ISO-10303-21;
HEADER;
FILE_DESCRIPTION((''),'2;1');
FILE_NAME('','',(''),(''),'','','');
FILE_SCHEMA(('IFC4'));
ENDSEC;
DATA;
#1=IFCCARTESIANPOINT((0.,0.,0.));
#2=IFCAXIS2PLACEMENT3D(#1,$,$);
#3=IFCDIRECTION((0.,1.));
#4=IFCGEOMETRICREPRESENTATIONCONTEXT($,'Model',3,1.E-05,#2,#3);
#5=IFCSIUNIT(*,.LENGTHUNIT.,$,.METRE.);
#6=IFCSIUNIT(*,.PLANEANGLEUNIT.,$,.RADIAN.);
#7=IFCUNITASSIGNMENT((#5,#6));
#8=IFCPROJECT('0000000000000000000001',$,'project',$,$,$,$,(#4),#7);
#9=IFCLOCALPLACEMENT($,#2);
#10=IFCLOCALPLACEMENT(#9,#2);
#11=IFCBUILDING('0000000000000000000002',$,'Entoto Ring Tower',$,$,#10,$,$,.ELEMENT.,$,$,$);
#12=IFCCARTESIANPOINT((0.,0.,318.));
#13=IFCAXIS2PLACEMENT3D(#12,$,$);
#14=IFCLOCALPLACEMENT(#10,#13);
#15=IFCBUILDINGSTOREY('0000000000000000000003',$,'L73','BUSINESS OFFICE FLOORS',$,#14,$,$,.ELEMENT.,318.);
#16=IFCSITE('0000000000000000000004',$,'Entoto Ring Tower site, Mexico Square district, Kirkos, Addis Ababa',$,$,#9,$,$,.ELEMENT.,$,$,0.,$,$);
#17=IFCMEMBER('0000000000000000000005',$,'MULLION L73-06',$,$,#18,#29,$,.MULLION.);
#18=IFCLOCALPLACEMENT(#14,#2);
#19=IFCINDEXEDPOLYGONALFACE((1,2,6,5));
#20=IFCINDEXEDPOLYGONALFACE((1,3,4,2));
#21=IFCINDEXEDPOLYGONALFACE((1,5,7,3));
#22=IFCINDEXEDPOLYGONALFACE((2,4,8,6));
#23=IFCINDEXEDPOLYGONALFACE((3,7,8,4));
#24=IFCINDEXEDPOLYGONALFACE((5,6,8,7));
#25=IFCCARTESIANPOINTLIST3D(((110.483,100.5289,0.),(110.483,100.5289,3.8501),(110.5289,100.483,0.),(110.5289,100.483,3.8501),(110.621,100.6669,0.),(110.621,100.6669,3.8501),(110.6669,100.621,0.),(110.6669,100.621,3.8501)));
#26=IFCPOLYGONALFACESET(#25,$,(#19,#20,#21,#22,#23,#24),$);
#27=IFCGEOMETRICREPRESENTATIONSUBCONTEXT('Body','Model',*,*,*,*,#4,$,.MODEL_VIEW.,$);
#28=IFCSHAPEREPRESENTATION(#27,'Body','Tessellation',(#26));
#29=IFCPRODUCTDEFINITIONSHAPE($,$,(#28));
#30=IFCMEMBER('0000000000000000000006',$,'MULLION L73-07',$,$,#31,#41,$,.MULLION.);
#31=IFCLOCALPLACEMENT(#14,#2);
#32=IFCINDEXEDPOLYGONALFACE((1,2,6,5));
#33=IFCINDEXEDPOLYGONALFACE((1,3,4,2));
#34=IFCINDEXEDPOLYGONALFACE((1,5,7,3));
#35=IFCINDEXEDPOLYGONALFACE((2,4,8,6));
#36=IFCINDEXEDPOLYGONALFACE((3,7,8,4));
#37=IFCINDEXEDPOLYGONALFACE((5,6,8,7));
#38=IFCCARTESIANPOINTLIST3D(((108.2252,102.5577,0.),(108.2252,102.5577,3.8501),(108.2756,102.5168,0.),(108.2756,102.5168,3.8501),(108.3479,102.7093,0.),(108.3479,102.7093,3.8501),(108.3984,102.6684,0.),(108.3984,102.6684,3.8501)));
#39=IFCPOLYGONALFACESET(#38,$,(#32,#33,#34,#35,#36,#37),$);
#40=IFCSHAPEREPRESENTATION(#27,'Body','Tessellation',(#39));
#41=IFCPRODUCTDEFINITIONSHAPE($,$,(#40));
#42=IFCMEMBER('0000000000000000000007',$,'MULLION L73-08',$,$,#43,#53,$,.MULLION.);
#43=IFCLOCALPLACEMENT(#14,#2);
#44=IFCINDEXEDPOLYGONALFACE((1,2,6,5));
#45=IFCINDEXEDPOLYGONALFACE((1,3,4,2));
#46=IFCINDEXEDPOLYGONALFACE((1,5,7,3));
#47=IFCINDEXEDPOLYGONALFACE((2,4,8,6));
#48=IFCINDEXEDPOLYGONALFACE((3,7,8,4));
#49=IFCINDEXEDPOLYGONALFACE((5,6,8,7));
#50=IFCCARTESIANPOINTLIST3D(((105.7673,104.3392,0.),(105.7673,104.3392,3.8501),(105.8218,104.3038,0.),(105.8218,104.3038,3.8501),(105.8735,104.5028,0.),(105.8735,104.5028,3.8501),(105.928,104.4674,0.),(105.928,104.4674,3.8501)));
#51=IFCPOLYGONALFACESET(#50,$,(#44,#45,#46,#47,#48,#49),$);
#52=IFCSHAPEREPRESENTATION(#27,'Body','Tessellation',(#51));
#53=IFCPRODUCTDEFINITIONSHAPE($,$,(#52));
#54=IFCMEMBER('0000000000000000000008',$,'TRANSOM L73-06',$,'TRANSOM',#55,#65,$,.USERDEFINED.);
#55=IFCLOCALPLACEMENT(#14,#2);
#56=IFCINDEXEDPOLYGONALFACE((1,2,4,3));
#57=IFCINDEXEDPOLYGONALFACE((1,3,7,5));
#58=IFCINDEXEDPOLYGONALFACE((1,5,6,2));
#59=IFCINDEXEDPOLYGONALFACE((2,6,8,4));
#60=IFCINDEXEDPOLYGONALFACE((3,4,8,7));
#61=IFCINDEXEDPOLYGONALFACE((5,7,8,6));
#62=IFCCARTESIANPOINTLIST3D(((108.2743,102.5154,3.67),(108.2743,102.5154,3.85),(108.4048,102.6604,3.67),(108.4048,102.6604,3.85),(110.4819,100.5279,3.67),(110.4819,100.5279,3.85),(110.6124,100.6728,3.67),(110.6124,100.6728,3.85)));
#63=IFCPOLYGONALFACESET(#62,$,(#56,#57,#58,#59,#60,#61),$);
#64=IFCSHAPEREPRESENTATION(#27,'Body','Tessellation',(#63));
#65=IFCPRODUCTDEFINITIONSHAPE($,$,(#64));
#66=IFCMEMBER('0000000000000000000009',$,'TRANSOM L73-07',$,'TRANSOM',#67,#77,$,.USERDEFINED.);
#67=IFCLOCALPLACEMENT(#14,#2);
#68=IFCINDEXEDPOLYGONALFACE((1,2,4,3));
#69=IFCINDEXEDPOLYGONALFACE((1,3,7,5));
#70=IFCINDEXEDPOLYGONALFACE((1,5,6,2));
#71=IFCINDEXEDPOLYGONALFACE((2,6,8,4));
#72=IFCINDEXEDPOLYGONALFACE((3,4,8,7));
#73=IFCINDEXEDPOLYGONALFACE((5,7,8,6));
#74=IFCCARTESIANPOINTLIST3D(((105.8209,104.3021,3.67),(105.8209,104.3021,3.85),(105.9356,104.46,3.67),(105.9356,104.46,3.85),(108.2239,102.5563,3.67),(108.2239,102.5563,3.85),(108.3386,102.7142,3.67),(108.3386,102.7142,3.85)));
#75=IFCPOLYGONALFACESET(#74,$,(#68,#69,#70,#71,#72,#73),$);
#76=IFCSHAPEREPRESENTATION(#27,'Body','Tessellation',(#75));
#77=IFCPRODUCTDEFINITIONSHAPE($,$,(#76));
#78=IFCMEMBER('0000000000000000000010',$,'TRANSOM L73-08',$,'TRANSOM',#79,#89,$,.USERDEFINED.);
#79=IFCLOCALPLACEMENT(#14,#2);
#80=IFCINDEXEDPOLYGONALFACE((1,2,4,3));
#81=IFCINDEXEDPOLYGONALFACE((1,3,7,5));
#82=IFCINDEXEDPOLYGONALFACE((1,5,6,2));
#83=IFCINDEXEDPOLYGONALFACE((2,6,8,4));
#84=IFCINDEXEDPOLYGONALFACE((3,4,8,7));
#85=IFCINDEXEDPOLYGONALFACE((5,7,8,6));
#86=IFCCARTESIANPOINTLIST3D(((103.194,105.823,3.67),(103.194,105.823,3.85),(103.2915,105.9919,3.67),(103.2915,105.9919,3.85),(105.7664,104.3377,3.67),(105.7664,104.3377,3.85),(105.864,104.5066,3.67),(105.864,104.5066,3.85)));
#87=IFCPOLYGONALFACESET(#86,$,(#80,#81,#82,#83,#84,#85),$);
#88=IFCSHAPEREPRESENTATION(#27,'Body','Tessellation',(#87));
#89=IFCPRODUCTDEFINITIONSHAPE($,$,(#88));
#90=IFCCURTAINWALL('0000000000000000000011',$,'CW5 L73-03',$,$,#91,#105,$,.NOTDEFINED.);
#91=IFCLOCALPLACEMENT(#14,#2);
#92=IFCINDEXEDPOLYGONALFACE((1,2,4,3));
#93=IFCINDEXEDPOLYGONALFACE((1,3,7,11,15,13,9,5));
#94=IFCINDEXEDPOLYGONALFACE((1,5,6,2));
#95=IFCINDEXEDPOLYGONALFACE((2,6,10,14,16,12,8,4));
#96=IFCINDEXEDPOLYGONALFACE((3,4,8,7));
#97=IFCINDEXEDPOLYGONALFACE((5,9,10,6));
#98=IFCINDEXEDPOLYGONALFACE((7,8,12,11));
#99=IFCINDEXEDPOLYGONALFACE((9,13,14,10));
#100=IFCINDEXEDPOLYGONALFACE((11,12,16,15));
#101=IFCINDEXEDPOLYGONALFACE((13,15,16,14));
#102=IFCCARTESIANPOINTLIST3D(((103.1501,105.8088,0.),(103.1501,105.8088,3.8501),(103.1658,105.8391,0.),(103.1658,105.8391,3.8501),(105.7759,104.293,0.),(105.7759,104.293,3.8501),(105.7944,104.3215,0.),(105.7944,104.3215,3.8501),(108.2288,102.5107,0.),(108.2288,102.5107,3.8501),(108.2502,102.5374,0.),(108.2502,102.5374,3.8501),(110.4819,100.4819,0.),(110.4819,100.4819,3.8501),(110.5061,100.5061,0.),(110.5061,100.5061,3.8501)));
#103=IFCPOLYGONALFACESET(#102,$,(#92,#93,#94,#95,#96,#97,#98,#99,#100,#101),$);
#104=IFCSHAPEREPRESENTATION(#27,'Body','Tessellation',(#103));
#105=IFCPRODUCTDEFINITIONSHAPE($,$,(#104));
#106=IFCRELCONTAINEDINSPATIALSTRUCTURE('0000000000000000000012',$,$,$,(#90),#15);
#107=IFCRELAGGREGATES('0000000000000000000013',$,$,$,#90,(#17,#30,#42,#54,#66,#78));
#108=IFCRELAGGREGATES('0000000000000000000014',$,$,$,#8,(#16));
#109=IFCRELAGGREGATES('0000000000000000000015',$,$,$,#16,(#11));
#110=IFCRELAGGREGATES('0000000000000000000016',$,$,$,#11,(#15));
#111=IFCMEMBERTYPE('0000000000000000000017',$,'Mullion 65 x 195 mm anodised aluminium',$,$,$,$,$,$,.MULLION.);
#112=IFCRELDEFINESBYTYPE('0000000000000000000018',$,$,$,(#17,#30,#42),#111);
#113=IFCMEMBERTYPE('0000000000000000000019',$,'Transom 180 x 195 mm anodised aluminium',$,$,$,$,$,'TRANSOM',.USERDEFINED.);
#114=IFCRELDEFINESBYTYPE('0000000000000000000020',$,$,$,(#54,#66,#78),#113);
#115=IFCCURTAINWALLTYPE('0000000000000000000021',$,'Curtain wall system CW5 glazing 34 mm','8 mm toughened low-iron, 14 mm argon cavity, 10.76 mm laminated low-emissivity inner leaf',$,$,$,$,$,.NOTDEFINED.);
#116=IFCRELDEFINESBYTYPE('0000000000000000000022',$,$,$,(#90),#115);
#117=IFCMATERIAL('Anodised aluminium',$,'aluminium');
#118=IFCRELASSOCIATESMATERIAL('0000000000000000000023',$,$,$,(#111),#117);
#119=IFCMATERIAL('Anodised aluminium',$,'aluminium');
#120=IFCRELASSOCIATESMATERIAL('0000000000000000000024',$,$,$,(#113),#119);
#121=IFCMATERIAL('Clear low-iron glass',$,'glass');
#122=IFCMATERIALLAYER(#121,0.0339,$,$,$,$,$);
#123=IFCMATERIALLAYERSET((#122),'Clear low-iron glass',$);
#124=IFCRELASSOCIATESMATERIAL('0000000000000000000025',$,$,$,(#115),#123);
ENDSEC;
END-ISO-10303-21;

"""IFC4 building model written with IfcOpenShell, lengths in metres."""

from ifc_helpers import new_model, si_unit, direction, frame, origin, origin_2d, place, context, subcontext, project, spatial, polyline, rectangle, outline, extrude, material, layer, layer_set, material_profile, profile_set, type_object, element, aggregate, save


model = new_model("IFC4")

# Units and contexts
model_context = context("Model", 3, precision=1e-05, world=origin(), true_north=direction((0.0, 1.0)))
body_context = subcontext(model_context, "Body", "Model", "MODEL_VIEW")
ifc_project = project(units=[si_unit("LENGTHUNIT", "METRE"), si_unit("PLANEANGLEUNIT", "RADIAN")], contexts=[model_context])

# Members
ifc_material_1 = material(Name="Anodised aluminium", Category="aluminium")
ifc_material_profile_1 = material_profile(ifc_material_1, rectangle(XDim=0.0649, YDim=0.1951, at=origin_2d()), Name="Mullion 65 x 195 mm anodised aluminium")
ifc_profile_set_1 = profile_set([ifc_material_profile_1], Name="Anodised aluminium")
member_type_1 = type_object("IfcMemberType", Name="Mullion 65 x 195 mm anodised aluminium", PredefinedType="MULLION", material=ifc_profile_set_1)
site_placement = place(None, origin())
building_placement = place(site_placement, origin())
storey_placement = place(building_placement, frame((0.0, 0.0, 318.0)))
member_1_placement = place(storey_placement, frame((110.575, 100.575, 0.0), z_axis=(0.0, 0.0, 1.0), x_axis=(-0.707107, 0.707107, 0.0)))
member_1 = element("IfcMember", 1, at=member_1_placement, type_object=member_type_1, Name="MULLION L73-06", PredefinedType="MULLION", context=body_context, shape_type="SweptSolid", body=[
    extrude(rectangle(XDim=0.0649, YDim=0.1951, at=origin_2d()), origin(), (0.0, 0.0, 1.0), 3.8501),
])
member_2_placement = place(storey_placement, frame((108.3118, 102.613, 0.0), z_axis=(0.0, 0.0, 1.0), x_axis=(-0.777146, 0.62932, 0.0)))
member_2 = element("IfcMember", 2, at=member_2_placement, type_object=member_type_1, Name="MULLION L73-07", PredefinedType="MULLION", context=body_context, shape_type="SweptSolid", body=[
    extrude(rectangle(XDim=0.0649, YDim=0.1951, at=origin_2d()), origin(), (0.0, 0.0, 1.0), 3.8501),
])
member_3_placement = place(storey_placement, frame((105.8477, 104.4033, 0.0), z_axis=(0.0, 0.0, 1.0), x_axis=(-0.838671, 0.544639, 0.0)))
member_3 = element("IfcMember", 3, at=member_3_placement, type_object=member_type_1, Name="MULLION L73-08", PredefinedType="MULLION", context=body_context, shape_type="SweptSolid", body=[
    extrude(rectangle(XDim=0.0649, YDim=0.1951, at=origin_2d()), origin(), (0.0, 0.0, 1.0), 3.8501),
])
ifc_material_2 = material(Name="Anodised aluminium", Category="aluminium")
ifc_material_profile_2 = material_profile(ifc_material_2, rectangle(XDim=0.1951, YDim=0.1799, at=origin_2d()), Name="Transom 180 x 195 mm anodised aluminium")
ifc_profile_set_2 = profile_set([ifc_material_profile_2], Name="Anodised aluminium")
member_type_2 = type_object("IfcMemberType", Name="Transom 180 x 195 mm anodised aluminium", ElementType="TRANSOM", PredefinedType="USERDEFINED", material=ifc_profile_set_2)
member_4_placement = place(storey_placement, frame((110.5471, 100.6003, 3.76), z_axis=(-0.743163, 0.66911, 0.0), x_axis=(-0.66911, -0.743163, 0.0)))
member_4 = element("IfcMember", 4, at=member_4_placement, type_object=member_type_2, Name="TRANSOM L73-06", ObjectType="TRANSOM", PredefinedType="USERDEFINED", context=body_context, shape_type="SweptSolid", body=[
    extrude(rectangle(XDim=0.1951, YDim=0.1799, at=origin_2d()), origin(), (0.0, 0.0, 1.0), 2.9705),
])
member_5_placement = place(storey_placement, frame((108.2812, 102.6353, 3.76), z_axis=(-0.809031, 0.587766, 0.0), x_axis=(-0.587766, -0.809031, 0.0)))
member_5 = element("IfcMember", 5, at=member_5_placement, type_object=member_type_2, Name="TRANSOM L73-07", ObjectType="TRANSOM", PredefinedType="USERDEFINED", context=body_context, shape_type="SweptSolid", body=[
    extrude(rectangle(XDim=0.1951, YDim=0.1799, at=origin_2d()), origin(), (0.0, 0.0, 1.0), 2.9702),
])
member_6_placement = place(storey_placement, frame((105.8152, 104.4221, 3.76), z_axis=(-0.866009, 0.500028, 0.0), x_axis=(-0.500028, -0.866009, 0.0)))
member_6 = element("IfcMember", 6, at=member_6_placement, type_object=member_type_2, Name="TRANSOM L73-08", ObjectType="TRANSOM", PredefinedType="USERDEFINED", context=body_context, shape_type="SweptSolid", body=[
    extrude(rectangle(XDim=0.1951, YDim=0.1799, at=origin_2d()), origin(), (0.0, 0.0, 1.0), 2.9705),
])

# Site, building, storey
site = spatial("IfcSite", under=ifc_project, at=site_placement, Name="Entoto Ring Tower site, Mexico Square district, Kirkos, Addis Ababa", CompositionType="ELEMENT", RefElevation=0.0)
building = spatial("IfcBuilding", under=site, at=building_placement, Name="Entoto Ring Tower", CompositionType="ELEMENT")
storey = spatial("IfcBuildingStorey", under=building, at=storey_placement, Name="L73", Description="BUSINESS OFFICE FLOORS", CompositionType="ELEMENT", Elevation=318.0)

# Curtain wall
ifc_material_3 = material(Name="Clear low-iron glass", Category="glass")
ifc_layer = layer(ifc_material_3, 0.0339)
ifc_layer_set = layer_set([ifc_layer], Name="Clear low-iron glass")
curtain_wall_type = type_object("IfcCurtainWallType", Name="Curtain wall system CW5 glazing 34 mm", Description="8 mm toughened low-iron, 14 mm argon cavity, 10.76 mm laminated low-emissivity inner leaf", PredefinedType="NOTDEFINED", material=ifc_layer_set)
curtain_wall_1_placement = place(storey_placement, origin())
curtain_wall_1 = element("IfcCurtainWall", 7, at=curtain_wall_1_placement, inside=storey, type_object=curtain_wall_type, Name="CW5 L73-03", PredefinedType="NOTDEFINED", context=body_context, shape_type="SweptSolid", body=[
    extrude(outline(polyline([(110.5061, 100.5061), (108.2502, 102.5374), (105.7944, 104.3215), (103.1658, 105.8391), (103.1501, 105.8088), (105.7759, 104.293), (108.2288, 102.5107), (110.4819, 100.4819), (110.5061, 100.5061)])), origin(), (0.0, 0.0, 1.0), 3.8501),
])
aggregate(curtain_wall_1, [member_1, member_2, member_3, member_4, member_5, member_6])

save(model, "model.ifc")
